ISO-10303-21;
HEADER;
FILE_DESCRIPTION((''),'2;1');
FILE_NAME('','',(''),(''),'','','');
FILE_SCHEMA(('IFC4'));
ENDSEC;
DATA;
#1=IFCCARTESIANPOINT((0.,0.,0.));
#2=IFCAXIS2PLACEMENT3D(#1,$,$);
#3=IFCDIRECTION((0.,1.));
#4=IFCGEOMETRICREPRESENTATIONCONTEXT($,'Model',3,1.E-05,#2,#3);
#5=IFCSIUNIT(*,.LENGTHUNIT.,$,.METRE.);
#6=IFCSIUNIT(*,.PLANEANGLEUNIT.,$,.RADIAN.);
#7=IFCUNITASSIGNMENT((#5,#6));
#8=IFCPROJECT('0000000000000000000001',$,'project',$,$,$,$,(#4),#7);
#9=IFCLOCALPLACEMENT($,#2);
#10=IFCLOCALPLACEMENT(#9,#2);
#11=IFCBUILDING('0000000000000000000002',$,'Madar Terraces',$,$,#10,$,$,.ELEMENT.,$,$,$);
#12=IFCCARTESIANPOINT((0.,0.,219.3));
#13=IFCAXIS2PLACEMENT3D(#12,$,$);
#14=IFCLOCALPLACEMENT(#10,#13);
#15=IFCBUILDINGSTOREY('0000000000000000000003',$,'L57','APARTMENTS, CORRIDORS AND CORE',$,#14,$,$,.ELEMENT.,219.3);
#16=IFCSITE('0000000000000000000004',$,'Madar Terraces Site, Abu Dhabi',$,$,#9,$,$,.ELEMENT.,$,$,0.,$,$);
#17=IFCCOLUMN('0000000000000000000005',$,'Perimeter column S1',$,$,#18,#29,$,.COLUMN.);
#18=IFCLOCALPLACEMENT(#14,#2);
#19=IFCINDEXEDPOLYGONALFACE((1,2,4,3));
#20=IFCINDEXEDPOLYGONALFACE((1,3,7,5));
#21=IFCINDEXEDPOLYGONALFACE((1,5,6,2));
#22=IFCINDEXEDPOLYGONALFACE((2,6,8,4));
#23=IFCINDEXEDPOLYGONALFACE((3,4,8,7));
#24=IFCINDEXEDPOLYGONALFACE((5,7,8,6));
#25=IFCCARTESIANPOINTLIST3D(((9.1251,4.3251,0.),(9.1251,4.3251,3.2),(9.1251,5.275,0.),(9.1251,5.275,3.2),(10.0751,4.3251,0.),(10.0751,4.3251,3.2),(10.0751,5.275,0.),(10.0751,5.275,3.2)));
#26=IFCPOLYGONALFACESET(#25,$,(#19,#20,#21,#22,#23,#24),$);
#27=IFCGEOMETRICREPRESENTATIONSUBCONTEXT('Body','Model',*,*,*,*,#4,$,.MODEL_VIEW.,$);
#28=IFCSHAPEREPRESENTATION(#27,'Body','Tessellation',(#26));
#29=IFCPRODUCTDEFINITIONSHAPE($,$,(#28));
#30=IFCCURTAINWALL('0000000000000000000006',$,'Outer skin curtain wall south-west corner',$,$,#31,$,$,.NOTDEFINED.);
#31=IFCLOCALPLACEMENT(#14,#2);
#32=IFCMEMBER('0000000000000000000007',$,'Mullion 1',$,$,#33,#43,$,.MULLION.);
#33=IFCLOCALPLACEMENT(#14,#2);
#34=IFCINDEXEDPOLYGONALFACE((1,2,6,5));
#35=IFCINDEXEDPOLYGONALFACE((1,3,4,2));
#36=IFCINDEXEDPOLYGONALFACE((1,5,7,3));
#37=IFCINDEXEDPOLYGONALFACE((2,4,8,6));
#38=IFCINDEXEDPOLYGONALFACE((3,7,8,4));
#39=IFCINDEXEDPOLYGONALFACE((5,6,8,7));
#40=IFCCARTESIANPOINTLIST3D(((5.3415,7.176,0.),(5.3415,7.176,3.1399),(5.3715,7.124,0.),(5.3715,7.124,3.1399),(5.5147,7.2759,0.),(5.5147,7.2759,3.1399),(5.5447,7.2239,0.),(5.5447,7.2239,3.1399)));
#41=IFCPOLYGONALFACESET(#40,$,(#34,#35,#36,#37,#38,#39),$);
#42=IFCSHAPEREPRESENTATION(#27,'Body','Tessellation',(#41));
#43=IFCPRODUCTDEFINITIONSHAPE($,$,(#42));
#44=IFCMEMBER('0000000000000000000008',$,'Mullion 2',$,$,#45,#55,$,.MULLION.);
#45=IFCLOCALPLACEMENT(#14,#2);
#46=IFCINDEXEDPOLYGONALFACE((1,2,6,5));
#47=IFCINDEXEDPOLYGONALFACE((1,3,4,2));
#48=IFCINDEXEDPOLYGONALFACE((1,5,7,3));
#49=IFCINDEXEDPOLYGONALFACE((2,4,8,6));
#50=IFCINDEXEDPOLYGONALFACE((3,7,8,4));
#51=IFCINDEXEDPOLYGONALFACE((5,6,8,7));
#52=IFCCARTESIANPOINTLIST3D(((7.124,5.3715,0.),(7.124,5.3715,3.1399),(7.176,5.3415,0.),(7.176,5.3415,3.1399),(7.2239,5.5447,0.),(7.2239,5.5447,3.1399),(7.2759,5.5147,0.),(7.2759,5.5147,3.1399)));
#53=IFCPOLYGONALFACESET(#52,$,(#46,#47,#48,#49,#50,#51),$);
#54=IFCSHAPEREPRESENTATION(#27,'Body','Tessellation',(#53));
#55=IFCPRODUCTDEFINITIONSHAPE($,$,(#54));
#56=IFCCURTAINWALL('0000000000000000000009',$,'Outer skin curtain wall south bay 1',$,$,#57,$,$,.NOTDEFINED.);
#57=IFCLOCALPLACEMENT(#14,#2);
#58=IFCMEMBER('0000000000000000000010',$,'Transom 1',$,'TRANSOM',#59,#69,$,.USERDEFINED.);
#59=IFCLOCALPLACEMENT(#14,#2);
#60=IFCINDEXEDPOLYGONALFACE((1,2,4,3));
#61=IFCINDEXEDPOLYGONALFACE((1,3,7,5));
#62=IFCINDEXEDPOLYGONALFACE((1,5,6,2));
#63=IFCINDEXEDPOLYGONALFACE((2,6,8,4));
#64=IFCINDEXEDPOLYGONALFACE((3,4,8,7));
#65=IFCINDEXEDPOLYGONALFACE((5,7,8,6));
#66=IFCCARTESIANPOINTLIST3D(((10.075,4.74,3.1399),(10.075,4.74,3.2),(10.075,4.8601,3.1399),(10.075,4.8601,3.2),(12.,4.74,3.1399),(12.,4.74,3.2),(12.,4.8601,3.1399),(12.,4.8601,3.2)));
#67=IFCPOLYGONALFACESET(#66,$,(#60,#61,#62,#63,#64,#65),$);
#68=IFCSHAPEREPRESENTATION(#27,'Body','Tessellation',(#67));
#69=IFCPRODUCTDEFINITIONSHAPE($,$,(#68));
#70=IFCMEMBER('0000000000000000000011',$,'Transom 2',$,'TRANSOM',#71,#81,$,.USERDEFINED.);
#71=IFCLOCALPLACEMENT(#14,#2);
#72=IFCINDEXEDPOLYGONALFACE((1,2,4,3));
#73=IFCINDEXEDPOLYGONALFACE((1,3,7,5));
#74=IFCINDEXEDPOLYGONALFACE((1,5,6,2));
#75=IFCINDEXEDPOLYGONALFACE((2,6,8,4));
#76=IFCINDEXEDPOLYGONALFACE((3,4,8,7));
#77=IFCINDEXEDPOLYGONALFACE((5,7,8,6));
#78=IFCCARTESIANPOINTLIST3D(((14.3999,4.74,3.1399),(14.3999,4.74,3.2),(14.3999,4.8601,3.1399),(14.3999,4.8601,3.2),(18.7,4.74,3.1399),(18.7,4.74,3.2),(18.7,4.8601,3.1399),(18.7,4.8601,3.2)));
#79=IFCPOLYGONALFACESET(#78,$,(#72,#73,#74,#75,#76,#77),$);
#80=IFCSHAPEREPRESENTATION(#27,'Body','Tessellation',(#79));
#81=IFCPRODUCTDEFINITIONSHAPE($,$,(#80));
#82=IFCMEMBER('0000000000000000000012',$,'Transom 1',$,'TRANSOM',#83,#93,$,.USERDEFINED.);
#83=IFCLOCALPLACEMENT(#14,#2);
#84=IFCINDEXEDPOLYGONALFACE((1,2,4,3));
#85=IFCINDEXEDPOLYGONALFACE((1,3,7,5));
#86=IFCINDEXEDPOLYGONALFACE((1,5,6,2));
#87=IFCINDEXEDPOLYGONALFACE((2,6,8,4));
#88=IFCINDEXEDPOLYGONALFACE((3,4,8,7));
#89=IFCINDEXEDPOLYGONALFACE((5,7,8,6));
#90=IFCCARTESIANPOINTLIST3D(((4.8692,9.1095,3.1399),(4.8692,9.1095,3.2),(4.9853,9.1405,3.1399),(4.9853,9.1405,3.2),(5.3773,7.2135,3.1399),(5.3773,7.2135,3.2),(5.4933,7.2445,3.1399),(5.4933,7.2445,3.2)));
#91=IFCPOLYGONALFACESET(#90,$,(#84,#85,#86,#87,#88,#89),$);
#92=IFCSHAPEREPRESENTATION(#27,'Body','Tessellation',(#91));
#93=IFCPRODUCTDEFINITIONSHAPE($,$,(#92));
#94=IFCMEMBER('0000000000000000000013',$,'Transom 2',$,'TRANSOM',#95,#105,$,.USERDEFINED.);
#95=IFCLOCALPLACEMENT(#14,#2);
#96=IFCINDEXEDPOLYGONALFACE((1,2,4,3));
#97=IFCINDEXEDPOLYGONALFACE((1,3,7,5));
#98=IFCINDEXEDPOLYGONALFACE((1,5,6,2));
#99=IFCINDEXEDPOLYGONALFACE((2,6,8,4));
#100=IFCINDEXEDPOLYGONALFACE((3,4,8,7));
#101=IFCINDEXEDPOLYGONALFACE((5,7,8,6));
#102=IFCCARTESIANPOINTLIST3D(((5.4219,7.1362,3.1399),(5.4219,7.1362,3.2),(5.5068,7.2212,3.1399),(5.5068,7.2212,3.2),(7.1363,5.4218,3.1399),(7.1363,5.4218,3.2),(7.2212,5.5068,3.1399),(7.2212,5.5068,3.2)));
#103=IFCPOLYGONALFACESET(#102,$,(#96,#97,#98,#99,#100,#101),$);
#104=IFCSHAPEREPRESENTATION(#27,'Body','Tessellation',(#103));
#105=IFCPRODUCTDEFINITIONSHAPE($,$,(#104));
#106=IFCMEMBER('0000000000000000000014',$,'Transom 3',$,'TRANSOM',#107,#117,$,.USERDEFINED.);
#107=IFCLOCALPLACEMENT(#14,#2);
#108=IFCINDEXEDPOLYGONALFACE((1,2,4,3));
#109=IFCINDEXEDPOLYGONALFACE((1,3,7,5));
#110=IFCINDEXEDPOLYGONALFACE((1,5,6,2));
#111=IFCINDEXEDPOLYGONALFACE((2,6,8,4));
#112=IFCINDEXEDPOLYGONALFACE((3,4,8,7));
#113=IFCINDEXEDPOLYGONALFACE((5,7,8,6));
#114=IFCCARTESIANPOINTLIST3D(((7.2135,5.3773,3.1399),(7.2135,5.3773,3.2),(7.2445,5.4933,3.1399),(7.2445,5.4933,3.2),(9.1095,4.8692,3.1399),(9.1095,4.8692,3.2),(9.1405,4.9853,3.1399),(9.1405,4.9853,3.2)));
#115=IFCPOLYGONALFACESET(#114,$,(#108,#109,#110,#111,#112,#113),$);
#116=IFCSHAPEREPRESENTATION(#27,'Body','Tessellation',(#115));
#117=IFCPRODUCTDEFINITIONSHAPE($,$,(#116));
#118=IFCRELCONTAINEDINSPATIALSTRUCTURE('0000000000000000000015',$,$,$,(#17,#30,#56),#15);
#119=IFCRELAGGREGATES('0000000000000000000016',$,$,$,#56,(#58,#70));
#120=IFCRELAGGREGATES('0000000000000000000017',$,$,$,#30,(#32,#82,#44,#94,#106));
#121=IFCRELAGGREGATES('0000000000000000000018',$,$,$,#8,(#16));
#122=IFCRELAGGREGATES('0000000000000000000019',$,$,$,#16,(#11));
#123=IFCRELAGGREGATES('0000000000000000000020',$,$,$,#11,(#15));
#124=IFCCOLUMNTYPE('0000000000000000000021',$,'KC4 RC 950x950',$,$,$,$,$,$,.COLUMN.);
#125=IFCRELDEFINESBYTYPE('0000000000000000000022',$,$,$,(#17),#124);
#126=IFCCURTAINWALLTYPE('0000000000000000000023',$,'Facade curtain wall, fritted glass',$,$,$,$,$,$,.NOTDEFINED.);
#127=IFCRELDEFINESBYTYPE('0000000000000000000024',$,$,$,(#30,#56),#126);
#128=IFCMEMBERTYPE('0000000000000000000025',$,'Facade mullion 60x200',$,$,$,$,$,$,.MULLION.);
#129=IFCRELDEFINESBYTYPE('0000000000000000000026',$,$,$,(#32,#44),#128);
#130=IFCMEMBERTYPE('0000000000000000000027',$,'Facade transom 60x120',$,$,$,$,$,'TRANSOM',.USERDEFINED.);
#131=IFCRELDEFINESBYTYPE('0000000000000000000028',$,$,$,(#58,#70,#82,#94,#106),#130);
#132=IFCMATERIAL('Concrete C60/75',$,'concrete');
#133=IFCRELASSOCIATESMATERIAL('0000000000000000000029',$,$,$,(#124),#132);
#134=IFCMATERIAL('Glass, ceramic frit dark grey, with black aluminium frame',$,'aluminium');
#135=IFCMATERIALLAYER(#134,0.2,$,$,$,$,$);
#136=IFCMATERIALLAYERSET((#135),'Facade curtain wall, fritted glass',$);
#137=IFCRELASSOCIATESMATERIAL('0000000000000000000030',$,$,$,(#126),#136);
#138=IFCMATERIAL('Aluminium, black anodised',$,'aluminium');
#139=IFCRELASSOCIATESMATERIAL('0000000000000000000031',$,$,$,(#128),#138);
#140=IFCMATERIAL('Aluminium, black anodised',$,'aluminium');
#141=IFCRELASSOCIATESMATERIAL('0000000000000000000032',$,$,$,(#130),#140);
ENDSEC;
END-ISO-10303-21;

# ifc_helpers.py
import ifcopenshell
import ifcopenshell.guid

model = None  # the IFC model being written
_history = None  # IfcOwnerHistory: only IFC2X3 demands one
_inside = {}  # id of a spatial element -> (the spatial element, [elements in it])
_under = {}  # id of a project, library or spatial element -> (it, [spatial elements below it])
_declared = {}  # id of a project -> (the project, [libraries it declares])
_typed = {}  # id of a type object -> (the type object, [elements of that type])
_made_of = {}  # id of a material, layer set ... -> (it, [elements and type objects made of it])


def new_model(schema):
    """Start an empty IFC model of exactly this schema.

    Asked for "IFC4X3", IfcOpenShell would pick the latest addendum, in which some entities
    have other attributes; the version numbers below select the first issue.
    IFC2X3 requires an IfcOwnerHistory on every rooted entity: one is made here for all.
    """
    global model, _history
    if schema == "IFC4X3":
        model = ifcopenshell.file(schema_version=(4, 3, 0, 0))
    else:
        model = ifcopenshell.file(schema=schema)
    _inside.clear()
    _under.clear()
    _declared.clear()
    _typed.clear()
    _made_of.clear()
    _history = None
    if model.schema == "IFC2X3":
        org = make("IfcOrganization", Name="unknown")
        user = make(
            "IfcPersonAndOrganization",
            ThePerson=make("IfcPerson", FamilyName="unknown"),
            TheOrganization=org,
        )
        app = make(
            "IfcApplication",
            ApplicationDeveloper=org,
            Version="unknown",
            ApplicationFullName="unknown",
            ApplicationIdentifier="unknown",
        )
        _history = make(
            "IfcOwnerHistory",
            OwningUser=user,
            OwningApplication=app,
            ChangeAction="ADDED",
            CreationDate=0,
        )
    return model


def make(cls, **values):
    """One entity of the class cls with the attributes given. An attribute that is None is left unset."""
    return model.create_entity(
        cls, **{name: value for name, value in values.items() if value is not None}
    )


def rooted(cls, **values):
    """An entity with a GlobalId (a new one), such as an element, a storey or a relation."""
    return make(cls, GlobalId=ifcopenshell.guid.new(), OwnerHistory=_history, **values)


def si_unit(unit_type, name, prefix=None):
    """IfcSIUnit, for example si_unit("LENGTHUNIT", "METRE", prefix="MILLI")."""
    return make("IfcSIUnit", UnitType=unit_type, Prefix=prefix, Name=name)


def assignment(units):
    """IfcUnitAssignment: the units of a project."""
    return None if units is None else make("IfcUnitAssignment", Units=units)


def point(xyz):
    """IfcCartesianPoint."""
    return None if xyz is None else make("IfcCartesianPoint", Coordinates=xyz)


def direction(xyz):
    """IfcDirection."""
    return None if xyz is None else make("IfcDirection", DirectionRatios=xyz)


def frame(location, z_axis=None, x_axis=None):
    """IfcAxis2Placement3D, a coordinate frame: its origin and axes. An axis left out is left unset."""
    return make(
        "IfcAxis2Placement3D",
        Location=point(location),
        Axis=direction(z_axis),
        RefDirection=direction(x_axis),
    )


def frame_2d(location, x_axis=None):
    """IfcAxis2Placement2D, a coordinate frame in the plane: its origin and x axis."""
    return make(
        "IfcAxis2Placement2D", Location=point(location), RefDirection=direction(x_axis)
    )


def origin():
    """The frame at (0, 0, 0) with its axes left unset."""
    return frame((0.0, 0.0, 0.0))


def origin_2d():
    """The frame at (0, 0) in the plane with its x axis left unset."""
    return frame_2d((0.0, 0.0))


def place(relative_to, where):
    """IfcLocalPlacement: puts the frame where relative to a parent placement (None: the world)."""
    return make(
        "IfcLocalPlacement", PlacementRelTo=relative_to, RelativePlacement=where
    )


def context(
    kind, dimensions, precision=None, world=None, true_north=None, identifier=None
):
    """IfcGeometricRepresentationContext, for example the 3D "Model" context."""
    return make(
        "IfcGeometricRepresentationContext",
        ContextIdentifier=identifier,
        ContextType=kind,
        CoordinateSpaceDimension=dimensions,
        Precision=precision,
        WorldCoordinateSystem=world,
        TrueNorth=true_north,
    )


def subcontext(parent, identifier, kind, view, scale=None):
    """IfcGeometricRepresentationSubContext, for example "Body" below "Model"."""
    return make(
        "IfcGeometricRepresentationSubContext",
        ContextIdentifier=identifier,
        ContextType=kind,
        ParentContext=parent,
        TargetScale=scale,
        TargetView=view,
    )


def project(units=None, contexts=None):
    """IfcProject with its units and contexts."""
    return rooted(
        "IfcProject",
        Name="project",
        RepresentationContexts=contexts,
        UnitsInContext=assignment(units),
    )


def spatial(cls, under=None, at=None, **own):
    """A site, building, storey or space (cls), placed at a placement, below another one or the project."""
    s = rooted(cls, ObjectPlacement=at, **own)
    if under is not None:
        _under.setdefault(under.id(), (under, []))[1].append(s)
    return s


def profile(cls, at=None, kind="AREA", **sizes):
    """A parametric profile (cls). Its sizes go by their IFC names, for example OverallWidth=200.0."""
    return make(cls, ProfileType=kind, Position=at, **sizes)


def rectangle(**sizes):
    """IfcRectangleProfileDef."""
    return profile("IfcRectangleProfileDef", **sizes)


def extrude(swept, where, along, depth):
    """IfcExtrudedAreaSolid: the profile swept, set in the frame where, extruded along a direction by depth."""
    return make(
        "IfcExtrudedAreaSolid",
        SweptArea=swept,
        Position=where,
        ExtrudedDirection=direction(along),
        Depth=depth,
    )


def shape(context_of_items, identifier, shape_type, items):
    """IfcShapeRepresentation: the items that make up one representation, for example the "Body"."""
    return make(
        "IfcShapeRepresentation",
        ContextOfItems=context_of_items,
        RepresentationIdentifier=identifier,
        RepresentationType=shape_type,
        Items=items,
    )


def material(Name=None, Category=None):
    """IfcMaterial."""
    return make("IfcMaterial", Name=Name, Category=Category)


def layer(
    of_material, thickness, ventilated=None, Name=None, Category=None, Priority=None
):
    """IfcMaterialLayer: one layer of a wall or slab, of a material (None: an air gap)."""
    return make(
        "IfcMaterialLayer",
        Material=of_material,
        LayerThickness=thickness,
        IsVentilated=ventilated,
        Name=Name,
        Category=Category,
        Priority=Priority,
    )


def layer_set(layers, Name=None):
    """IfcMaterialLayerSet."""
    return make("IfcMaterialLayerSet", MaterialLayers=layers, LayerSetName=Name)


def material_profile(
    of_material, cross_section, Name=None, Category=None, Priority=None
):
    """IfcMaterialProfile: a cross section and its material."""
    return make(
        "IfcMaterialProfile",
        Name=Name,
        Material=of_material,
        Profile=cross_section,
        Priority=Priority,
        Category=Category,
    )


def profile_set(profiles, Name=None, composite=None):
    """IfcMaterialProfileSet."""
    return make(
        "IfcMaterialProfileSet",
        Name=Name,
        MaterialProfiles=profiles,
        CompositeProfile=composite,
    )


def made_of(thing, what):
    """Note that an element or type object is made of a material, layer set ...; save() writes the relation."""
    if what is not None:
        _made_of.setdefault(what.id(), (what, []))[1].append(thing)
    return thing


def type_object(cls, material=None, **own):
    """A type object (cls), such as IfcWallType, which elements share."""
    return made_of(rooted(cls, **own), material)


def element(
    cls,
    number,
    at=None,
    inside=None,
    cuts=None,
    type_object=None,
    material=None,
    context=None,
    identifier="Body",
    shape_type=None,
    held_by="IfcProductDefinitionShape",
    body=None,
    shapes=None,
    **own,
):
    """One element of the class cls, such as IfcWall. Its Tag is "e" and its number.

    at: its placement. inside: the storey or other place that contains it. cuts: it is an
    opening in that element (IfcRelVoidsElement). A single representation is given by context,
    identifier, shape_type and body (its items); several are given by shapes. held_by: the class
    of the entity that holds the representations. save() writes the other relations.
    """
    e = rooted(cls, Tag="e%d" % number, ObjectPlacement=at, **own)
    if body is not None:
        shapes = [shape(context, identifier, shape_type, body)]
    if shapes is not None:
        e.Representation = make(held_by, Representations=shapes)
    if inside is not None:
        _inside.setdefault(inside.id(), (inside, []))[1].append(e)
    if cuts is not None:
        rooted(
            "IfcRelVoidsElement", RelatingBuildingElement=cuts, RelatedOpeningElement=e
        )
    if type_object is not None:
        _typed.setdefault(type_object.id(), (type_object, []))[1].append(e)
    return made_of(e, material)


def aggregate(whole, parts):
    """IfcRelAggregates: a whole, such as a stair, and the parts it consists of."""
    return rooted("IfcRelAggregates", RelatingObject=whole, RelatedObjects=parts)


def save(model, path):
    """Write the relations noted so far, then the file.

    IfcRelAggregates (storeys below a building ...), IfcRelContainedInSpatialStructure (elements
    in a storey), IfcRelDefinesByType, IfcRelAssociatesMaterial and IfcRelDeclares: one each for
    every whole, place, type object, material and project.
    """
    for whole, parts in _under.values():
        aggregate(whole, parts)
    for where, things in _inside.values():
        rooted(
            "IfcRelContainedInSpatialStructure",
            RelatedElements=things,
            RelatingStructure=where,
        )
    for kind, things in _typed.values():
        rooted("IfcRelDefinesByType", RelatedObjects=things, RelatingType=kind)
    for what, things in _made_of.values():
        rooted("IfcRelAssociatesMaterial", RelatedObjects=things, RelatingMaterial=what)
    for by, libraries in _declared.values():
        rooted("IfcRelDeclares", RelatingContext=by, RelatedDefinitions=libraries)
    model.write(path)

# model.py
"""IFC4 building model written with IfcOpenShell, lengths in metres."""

from ifc_helpers import new_model, si_unit, direction, frame, origin, origin_2d, place, context, subcontext, project, spatial, rectangle, extrude, material, layer, layer_set, material_profile, profile_set, type_object, element, aggregate, save


model = new_model("IFC4")

# Units and contexts
model_context = context("Model", 3, precision=1e-05, world=origin(), true_north=direction((0.0, 1.0)))
body_context = subcontext(model_context, "Body", "Model", "MODEL_VIEW")
ifc_project = project(units=[si_unit("LENGTHUNIT", "METRE"), si_unit("PLANEANGLEUNIT", "RADIAN")], contexts=[model_context])

# Site, building, storey
site_placement = place(None, origin())
site = spatial("IfcSite", under=ifc_project, at=site_placement, Name="Madar Terraces Site, Abu Dhabi", CompositionType="ELEMENT", RefElevation=0.0)
building_placement = place(site_placement, origin())
building = spatial("IfcBuilding", under=site, at=building_placement, Name="Madar Terraces", CompositionType="ELEMENT")
storey_placement = place(building_placement, frame((0.0, 0.0, 219.3)))
storey = spatial("IfcBuildingStorey", under=building, at=storey_placement, Name="L57", Description="APARTMENTS, CORRIDORS AND CORE", CompositionType="ELEMENT", Elevation=219.3)

# Column
ifc_material_1 = material(Name="Concrete C60/75", Category="concrete")
ifc_material_profile_1 = material_profile(ifc_material_1, rectangle(XDim=0.95, YDim=0.95, at=origin_2d()), Name="KC4 RC 950x950")
ifc_profile_set_1 = profile_set([ifc_material_profile_1], Name="Concrete C60/75")
column_type = type_object("IfcColumnType", Name="KC4 RC 950x950", PredefinedType="COLUMN", material=ifc_profile_set_1)
column_placement = place(storey_placement, frame((9.6001, 4.8, 0.0), z_axis=(0.0, 0.0, 1.0), x_axis=(1.0, 0.0, 0.0)))
element("IfcColumn", 1, at=column_placement, inside=storey, type_object=column_type, Name="Perimeter column S1", PredefinedType="COLUMN", context=body_context, shape_type="SweptSolid", body=[
    extrude(rectangle(XDim=0.95, YDim=0.95, at=origin_2d()), origin(), (0.0, 0.0, 1.0), 3.2),
])

# Curtain walls, members
ifc_material_2 = material(Name="Glass, ceramic frit dark grey, with black aluminium frame", Category="aluminium")
ifc_layer_1 = layer(ifc_material_2, 0.2)
ifc_layer_set_1 = layer_set([ifc_layer_1], Name="Facade curtain wall, fritted glass")
curtain_wall_type = type_object("IfcCurtainWallType", Name="Facade curtain wall, fritted glass", PredefinedType="NOTDEFINED", material=ifc_layer_set_1)
curtain_wall_1_placement = place(storey_placement, origin())
curtain_wall_1 = element("IfcCurtainWall", 2, at=curtain_wall_1_placement, inside=storey, type_object=curtain_wall_type, Name="Outer skin curtain wall south-west corner", PredefinedType="NOTDEFINED")
ifc_material_3 = material(Name="Aluminium, black anodised", Category="aluminium")
ifc_material_profile_2 = material_profile(ifc_material_3, rectangle(XDim=0.2, YDim=0.0601, at=origin_2d()), Name="Facade mullion 60x200")
ifc_profile_set_2 = profile_set([ifc_material_profile_2], Name="Aluminium, black anodised")
member_type_1 = type_object("IfcMemberType", Name="Facade mullion 60x200", PredefinedType="MULLION", material=ifc_profile_set_2)
member_1_placement = place(storey_placement, frame((5.4431, 7.2, 0.0), z_axis=(0.0, 0.0, 1.0), x_axis=(0.866025, 0.5, 0.0)))
member_1 = element("IfcMember", 3, at=member_1_placement, type_object=member_type_1, Name="Mullion 1", PredefinedType="MULLION", context=body_context, shape_type="SweptSolid", body=[
    extrude(rectangle(XDim=0.2, YDim=0.0601, at=origin_2d()), origin(), (0.0, 0.0, 1.0), 3.1399),
])
member_2_placement = place(storey_placement, frame((7.2, 5.4431, 0.0), z_axis=(0.0, 0.0, 1.0), x_axis=(0.5, 0.866025, 0.0)))
member_2 = element("IfcMember", 4, at=member_2_placement, type_object=member_type_1, Name="Mullion 2", PredefinedType="MULLION", context=body_context, shape_type="SweptSolid", body=[
    extrude(rectangle(XDim=0.2, YDim=0.0601, at=origin_2d()), origin(), (0.0, 0.0, 1.0), 3.1399),
])
curtain_wall_2_placement = place(storey_placement, origin())
curtain_wall_2 = element("IfcCurtainWall", 5, at=curtain_wall_2_placement, inside=storey, type_object=curtain_wall_type, Name="Outer skin curtain wall south bay 1", PredefinedType="NOTDEFINED")
ifc_material_4 = material(Name="Aluminium, black anodised", Category="aluminium")
ifc_material_profile_3 = material_profile(ifc_material_4, rectangle(XDim=0.1201, YDim=0.0601, at=origin_2d()), Name="Facade transom 60x120")
ifc_profile_set_3 = profile_set([ifc_material_profile_3], Name="Aluminium, black anodised")
member_type_2 = type_object("IfcMemberType", Name="Facade transom 60x120", ElementType="TRANSOM", PredefinedType="USERDEFINED", material=ifc_profile_set_3)
member_3_placement = place(storey_placement, frame((10.075, 4.8, 3.1699), z_axis=(1.0, 0.0, 0.0), x_axis=(0.0, 1.0, 0.0)))
member_3 = element("IfcMember", 6, at=member_3_placement, type_object=member_type_2, Name="Transom 1", ObjectType="TRANSOM", PredefinedType="USERDEFINED", context=body_context, shape_type="SweptSolid", body=[
    extrude(rectangle(XDim=0.1201, YDim=0.0601, at=origin_2d()), origin(), (0.0, 0.0, 1.0), 1.925),
])
member_4_placement = place(storey_placement, frame((14.3999, 4.8, 3.1699), z_axis=(1.0, 0.0, 0.0), x_axis=(0.0, 1.0, 0.0)))
member_4 = element("IfcMember", 7, at=member_4_placement, type_object=member_type_2, Name="Transom 2", ObjectType="TRANSOM", PredefinedType="USERDEFINED", context=body_context, shape_type="SweptSolid", body=[
    extrude(rectangle(XDim=0.1201, YDim=0.0601, at=origin_2d()), origin(), (0.0, 0.0, 1.0), 4.3),
])

# Members
member_5_placement = place(storey_placement, frame((4.9272, 9.125, 3.1699), z_axis=(0.258831, -0.965923, 0.0), x_axis=(0.965923, 0.258831, 0.0)))
member_5 = element("IfcMember", 8, at=member_5_placement, type_object=member_type_2, Name="Transom 1", ObjectType="TRANSOM", PredefinedType="USERDEFINED", context=body_context, shape_type="SweptSolid", body=[
    extrude(rectangle(XDim=0.1201, YDim=0.0601, at=origin_2d()), origin(), (0.0, 0.0, 1.0), 1.9629),
])
member_6_placement = place(storey_placement, frame((5.4644, 7.1787, 3.1699), z_axis=(0.707107, -0.707107, 0.0), x_axis=(0.707107, 0.707107, 0.0)))
member_6 = element("IfcMember", 9, at=member_6_placement, type_object=member_type_2, Name="Transom 2", ObjectType="TRANSOM", PredefinedType="USERDEFINED", context=body_context, shape_type="SweptSolid", body=[
    extrude(rectangle(XDim=0.1201, YDim=0.0601, at=origin_2d()), origin(), (0.0, 0.0, 1.0), 2.4246),
])
member_7_placement = place(storey_placement, frame((7.229, 5.4353, 3.1699), z_axis=(0.965923, -0.258831, 0.0), x_axis=(0.258831, 0.965923, 0.0)))
member_7 = element("IfcMember", 10, at=member_7_placement, type_object=member_type_2, Name="Transom 3", ObjectType="TRANSOM", PredefinedType="USERDEFINED", context=body_context, shape_type="SweptSolid", body=[
    extrude(rectangle(XDim=0.1201, YDim=0.0601, at=origin_2d()), origin(), (0.0, 0.0, 1.0), 1.9629),
])

aggregate(curtain_wall_2, [member_3, member_4])
aggregate(curtain_wall_1, [member_1, member_5, member_2, member_6, member_7])

save(model, "model.ifc")
